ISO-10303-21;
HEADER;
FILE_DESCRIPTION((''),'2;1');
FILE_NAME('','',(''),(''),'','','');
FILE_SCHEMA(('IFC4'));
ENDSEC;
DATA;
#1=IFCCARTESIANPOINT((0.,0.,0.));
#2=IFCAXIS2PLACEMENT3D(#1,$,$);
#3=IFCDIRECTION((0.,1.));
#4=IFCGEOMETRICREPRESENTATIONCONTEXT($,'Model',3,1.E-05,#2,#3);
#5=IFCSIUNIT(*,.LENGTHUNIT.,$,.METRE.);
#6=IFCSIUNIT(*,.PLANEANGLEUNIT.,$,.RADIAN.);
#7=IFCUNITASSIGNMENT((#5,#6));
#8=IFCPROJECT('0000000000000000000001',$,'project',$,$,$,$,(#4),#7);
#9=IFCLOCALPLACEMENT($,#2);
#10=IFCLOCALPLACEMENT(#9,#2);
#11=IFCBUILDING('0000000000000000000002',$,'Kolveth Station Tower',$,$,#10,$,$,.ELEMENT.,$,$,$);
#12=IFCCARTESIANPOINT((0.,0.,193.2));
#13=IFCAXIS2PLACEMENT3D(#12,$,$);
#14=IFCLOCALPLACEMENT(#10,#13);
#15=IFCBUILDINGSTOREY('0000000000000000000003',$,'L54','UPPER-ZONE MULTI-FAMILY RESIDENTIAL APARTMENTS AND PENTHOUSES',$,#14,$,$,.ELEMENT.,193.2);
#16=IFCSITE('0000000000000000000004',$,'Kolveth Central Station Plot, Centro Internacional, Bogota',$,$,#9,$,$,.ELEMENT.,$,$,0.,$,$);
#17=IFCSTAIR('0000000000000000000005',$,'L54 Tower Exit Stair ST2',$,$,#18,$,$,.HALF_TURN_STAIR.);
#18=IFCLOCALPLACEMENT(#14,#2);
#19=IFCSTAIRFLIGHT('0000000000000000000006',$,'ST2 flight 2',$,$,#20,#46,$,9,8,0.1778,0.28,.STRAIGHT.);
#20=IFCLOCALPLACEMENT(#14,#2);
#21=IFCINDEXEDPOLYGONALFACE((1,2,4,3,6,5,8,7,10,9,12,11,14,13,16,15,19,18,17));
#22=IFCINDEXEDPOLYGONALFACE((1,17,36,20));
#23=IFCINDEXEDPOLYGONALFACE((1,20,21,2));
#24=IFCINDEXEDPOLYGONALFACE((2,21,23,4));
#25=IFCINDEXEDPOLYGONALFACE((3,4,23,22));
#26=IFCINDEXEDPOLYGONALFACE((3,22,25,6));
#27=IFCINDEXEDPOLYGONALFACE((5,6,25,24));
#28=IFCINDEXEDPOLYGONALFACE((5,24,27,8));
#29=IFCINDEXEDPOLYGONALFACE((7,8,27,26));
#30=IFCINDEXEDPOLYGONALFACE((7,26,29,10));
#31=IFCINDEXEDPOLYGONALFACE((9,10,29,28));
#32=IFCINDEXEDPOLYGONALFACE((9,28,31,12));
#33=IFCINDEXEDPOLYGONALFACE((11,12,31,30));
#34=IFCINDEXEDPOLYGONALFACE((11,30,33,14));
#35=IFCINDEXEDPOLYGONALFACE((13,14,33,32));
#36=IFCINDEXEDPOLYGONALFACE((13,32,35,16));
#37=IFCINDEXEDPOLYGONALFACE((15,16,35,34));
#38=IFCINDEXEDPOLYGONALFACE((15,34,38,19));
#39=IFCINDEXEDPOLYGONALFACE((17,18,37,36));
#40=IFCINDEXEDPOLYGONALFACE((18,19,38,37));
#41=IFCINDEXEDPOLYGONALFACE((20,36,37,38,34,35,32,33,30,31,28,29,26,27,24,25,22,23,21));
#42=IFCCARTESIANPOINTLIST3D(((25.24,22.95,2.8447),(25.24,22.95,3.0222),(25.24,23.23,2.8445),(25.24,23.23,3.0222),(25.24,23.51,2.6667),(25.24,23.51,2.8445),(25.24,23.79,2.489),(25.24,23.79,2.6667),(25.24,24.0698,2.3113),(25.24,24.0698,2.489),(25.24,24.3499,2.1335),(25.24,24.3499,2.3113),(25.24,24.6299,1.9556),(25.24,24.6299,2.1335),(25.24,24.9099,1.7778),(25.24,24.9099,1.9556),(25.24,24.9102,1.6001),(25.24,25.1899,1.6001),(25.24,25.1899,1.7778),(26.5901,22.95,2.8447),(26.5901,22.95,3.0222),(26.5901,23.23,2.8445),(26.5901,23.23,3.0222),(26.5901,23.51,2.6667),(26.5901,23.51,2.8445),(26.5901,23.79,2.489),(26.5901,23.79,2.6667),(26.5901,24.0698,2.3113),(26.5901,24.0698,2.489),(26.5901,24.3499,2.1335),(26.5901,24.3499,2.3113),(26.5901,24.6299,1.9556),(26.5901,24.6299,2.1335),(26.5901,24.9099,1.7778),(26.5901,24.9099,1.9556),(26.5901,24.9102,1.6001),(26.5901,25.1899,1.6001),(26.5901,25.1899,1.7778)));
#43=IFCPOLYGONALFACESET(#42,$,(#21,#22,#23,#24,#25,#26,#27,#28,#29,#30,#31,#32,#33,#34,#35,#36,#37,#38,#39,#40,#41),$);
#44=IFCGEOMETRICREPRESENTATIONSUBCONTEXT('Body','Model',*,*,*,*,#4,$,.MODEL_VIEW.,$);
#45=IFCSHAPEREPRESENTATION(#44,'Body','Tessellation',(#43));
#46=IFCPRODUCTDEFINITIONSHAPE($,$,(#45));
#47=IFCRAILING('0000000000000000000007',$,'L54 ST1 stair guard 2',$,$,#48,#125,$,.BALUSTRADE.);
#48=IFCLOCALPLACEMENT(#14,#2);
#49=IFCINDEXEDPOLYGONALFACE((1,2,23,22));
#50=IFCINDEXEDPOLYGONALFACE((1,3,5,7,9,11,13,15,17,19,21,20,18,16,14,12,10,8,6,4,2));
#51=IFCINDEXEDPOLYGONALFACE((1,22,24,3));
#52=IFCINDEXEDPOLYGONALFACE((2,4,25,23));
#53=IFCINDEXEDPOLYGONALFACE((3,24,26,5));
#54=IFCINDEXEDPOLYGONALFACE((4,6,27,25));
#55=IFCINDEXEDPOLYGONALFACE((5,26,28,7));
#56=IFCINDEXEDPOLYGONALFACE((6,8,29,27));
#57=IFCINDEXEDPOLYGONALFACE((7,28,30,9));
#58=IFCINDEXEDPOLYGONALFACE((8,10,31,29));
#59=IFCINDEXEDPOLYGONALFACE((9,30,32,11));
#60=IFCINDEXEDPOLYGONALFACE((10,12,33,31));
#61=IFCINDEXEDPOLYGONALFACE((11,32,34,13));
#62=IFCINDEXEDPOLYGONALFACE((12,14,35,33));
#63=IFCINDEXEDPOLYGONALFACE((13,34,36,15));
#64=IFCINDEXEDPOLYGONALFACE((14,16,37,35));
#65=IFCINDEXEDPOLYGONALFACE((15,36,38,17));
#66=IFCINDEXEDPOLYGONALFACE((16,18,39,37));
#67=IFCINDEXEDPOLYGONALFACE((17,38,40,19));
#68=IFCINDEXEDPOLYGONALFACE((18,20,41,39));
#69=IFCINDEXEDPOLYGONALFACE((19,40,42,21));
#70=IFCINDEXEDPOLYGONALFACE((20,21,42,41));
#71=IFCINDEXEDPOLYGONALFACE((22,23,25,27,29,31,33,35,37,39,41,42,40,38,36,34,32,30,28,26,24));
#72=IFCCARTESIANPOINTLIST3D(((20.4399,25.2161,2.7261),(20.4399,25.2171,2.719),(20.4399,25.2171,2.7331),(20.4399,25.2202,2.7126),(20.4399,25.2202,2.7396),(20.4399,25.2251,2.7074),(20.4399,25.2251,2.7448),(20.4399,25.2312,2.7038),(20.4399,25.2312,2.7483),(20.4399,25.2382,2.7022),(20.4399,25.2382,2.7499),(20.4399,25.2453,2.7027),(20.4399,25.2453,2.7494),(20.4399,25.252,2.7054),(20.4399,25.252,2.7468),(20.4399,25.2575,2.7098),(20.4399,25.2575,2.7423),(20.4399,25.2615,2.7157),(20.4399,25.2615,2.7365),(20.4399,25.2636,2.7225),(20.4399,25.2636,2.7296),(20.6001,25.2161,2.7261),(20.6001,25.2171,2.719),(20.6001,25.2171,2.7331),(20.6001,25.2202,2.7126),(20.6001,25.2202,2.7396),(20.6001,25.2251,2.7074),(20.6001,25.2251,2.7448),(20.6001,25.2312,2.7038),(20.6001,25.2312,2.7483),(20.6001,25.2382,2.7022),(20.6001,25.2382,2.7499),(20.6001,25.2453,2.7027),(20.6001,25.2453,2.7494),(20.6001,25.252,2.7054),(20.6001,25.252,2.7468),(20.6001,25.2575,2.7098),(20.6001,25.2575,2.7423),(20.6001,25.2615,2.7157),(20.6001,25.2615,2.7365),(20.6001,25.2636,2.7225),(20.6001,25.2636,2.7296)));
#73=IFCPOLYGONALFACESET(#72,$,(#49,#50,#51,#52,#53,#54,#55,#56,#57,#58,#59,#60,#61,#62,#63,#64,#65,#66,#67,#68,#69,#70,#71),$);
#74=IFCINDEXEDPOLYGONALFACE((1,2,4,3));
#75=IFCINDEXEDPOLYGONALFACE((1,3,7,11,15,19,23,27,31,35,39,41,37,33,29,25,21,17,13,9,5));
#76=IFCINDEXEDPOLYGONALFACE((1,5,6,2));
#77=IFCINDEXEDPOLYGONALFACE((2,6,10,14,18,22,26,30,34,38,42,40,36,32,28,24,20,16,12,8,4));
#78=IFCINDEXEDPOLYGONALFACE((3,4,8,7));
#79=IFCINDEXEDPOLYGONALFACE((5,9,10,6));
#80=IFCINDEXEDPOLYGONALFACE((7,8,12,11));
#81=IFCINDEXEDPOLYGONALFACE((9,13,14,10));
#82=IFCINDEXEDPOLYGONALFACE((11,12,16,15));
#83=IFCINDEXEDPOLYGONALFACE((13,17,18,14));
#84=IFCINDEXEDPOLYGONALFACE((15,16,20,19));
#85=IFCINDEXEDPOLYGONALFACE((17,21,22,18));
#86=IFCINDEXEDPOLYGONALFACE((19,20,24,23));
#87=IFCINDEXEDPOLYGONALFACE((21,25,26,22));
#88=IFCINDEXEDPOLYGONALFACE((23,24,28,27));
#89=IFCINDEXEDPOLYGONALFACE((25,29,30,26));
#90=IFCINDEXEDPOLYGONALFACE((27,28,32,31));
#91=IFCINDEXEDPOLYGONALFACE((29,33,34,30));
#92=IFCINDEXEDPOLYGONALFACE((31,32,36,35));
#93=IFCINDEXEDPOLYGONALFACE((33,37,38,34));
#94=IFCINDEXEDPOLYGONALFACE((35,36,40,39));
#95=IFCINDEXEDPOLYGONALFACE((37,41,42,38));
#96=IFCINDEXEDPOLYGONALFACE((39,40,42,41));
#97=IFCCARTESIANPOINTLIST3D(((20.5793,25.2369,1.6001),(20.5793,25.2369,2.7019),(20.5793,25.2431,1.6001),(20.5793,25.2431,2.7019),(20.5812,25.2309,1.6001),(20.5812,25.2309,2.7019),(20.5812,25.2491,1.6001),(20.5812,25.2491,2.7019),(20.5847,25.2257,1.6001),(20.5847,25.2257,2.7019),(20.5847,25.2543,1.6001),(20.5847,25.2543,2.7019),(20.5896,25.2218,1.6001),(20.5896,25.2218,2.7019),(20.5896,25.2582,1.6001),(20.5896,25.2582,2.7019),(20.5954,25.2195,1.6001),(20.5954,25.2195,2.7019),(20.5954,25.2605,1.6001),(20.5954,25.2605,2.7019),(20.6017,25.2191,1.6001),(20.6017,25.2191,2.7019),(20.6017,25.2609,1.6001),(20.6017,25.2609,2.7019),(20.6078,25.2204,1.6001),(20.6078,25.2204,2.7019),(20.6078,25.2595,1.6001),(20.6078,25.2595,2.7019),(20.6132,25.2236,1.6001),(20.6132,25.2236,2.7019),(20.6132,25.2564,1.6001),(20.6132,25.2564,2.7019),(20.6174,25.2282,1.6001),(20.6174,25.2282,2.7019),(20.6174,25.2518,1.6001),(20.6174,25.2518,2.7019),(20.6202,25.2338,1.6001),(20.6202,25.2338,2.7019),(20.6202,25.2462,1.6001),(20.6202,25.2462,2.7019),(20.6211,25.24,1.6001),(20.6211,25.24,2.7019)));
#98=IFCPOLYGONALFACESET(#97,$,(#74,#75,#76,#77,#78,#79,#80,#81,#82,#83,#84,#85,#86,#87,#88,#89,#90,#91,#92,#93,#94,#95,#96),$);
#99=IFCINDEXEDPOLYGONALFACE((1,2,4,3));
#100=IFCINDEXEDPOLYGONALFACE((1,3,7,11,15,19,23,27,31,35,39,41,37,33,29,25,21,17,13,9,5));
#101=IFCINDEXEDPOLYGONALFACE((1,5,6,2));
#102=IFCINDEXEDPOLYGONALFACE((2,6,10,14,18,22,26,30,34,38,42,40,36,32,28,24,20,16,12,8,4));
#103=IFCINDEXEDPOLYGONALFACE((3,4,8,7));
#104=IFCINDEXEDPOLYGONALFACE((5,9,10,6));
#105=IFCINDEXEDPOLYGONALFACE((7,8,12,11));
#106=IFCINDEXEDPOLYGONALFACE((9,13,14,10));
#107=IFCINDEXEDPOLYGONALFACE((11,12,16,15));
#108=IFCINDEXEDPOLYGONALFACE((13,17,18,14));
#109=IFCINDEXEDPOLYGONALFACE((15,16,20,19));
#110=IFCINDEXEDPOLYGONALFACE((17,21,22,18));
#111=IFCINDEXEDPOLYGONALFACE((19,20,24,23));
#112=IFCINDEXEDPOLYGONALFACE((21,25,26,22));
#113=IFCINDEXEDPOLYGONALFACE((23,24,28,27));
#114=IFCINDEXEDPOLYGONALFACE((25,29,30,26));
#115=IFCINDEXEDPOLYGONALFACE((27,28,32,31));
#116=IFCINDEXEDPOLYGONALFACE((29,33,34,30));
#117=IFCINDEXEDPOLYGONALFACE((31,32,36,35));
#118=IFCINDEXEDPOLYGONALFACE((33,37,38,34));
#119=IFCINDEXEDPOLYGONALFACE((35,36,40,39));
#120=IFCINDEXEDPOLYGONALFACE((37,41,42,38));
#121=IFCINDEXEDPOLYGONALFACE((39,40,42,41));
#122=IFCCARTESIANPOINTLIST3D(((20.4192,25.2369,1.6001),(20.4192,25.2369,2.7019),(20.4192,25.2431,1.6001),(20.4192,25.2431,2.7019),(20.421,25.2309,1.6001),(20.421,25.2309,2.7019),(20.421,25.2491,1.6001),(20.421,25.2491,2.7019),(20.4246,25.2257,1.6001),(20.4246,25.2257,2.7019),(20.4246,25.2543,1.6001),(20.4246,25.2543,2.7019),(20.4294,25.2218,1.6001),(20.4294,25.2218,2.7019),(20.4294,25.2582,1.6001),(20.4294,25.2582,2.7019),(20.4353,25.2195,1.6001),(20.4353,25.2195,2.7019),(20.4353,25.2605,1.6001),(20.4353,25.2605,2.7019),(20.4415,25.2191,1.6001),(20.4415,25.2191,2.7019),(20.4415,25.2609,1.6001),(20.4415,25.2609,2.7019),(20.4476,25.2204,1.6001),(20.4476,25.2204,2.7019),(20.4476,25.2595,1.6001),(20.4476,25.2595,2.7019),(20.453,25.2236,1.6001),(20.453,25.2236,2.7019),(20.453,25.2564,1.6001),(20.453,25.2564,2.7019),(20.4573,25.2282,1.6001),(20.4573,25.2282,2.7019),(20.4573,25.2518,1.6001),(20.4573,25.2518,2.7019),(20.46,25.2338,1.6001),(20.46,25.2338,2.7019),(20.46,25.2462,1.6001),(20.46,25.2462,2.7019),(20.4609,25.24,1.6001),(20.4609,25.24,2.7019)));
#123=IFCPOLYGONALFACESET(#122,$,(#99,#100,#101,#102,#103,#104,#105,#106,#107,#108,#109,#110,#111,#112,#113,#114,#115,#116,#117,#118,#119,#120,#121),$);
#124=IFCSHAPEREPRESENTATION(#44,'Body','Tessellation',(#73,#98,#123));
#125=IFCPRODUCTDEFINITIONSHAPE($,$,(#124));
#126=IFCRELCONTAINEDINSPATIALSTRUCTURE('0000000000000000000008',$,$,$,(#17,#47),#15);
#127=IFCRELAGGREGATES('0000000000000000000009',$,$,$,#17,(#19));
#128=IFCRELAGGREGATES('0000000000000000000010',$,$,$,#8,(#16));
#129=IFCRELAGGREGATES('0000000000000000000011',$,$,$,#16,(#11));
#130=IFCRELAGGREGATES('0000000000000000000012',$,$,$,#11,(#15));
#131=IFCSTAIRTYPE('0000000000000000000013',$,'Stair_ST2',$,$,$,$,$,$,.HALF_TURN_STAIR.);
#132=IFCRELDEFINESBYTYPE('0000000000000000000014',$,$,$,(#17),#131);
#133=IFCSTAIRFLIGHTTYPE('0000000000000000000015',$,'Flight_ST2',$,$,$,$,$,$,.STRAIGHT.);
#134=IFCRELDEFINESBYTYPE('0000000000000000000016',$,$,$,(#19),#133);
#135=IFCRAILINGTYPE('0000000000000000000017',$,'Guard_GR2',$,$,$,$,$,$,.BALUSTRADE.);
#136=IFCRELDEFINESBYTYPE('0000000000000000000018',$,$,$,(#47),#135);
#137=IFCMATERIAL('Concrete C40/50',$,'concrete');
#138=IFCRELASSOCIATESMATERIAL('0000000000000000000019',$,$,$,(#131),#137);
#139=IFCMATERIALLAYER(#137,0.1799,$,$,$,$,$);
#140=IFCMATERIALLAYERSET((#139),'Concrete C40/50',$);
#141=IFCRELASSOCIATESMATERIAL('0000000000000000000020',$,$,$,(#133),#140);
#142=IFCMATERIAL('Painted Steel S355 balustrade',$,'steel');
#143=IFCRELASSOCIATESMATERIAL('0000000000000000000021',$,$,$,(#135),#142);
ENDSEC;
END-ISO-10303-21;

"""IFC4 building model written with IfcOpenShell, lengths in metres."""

from ifc_helpers import new_model, si_unit, direction, frame, origin, origin_2d, place, context, subcontext, project, spatial, polyline, circle, outline, extrude, material, layer, layer_set, type_object, element, aggregate, save


model = new_model("IFC4")

# Units and contexts
model_context = context("Model", 3, precision=1e-05, world=origin(), true_north=direction((0.0, 1.0)))
body_context = subcontext(model_context, "Body", "Model", "MODEL_VIEW")
ifc_project = project(units=[si_unit("LENGTHUNIT", "METRE"), si_unit("PLANEANGLEUNIT", "RADIAN")], contexts=[model_context])

# Site, building, storey
site_placement = place(None, origin())
site = spatial("IfcSite", under=ifc_project, at=site_placement, Name="Kolveth Central Station Plot, Centro Internacional, Bogota", CompositionType="ELEMENT", RefElevation=0.0)
building_placement = place(site_placement, origin())
building = spatial("IfcBuilding", under=site, at=building_placement, Name="Kolveth Station Tower", CompositionType="ELEMENT")
storey_placement = place(building_placement, frame((0.0, 0.0, 193.2)))
storey = spatial("IfcBuildingStorey", under=building, at=storey_placement, Name="L54", Description="UPPER-ZONE MULTI-FAMILY RESIDENTIAL APARTMENTS AND PENTHOUSES", CompositionType="ELEMENT", Elevation=193.2)

# Stair, stair flight
ifc_material_1 = material(Name="Concrete C40/50", Category="concrete")
stair_type_1 = type_object("IfcStairType", Name="Stair_ST2", PredefinedType="HALF_TURN_STAIR", material=ifc_material_1)
stair_1_placement = place(storey_placement, origin())
stair_1 = element("IfcStair", 1, at=stair_1_placement, inside=storey, type_object=stair_type_1, Name="L54 Tower Exit Stair ST2", PredefinedType="HALF_TURN_STAIR")
ifc_layer_1 = layer(ifc_material_1, 0.1799)
ifc_layer_set_1 = layer_set([ifc_layer_1], Name="Concrete C40/50")
stair_flight_type_1 = type_object("IfcStairFlightType", Name="Flight_ST2", PredefinedType="STRAIGHT", material=ifc_layer_set_1)
stair_flight_1_placement = place(storey_placement, frame((25.915, 25.1899, 1.6001), z_axis=(0.0, 0.0, 1.0), x_axis=(0.0, -1.0, 0.0)))
stair_flight_1 = element("IfcStairFlight", 2, at=stair_flight_1_placement, type_object=stair_flight_type_1, Name="ST2 flight 2", NumberOfRisers=9, NumberOfTreads=8, PredefinedType="STRAIGHT", RiserHeight=0.1778, TreadLength=0.28, context=body_context, shape_type="SweptSolid", body=[
    extrude(outline(polyline([(0.0, 0.0), (0.0, 0.1777), (0.28, 0.1777), (0.28, 0.3555), (0.5601, 0.3555), (0.5601, 0.5334), (0.8401, 0.5334), (0.8401, 0.7112), (1.1201, 0.7112), (1.1201, 0.8889), (1.3999, 0.8889), (1.3999, 1.0667), (1.6799, 1.0667), (1.6799, 1.2444), (1.96, 1.2444), (1.96, 1.4221), (2.24, 1.4221), (2.24, 1.6001), (2.24, 1.2446), (0.2798, 0.0), (0.0, 0.0)])), frame((0.0, 0.675, 0.0), z_axis=(0.0, -1.0, 0.0), x_axis=(1.0, 0.0, 0.0)), (0.0, 0.0, 1.0), 1.3501),
])
aggregate(stair_1, [stair_flight_1])

# Railing
ifc_material_2 = material(Name="Painted Steel S355 balustrade", Category="steel")
railing_type_1 = type_object("IfcRailingType", Name="Guard_GR2", PredefinedType="BALUSTRADE", material=ifc_material_2)
railing_1_placement = place(storey_placement, frame((20.6001, 25.24, 1.6001)))
element("IfcRailing", 3, at=railing_1_placement, inside=storey, type_object=railing_type_1, Name="L54 ST1 stair guard 2", PredefinedType="BALUSTRADE", context=body_context, shape_type="SweptSolid", body=[
    extrude(circle(Radius=0.0239, at=origin_2d()), frame((0.0, 0.0, 1.126), z_axis=(-1.0, 0.0, 0.0), x_axis=(0.0, -1.0, 0.0)), (0.0, 0.0, 1.0), 0.1602),
    extrude(circle(Radius=0.021, at=origin_2d()), origin(), (0.0, 0.0, 1.0), 1.1018),
    extrude(circle(Radius=0.021, at=origin_2d()), frame((-0.1602, 0.0, 0.0)), (0.0, 0.0, 1.0), 1.1018),
])

save(model, "model.ifc")
